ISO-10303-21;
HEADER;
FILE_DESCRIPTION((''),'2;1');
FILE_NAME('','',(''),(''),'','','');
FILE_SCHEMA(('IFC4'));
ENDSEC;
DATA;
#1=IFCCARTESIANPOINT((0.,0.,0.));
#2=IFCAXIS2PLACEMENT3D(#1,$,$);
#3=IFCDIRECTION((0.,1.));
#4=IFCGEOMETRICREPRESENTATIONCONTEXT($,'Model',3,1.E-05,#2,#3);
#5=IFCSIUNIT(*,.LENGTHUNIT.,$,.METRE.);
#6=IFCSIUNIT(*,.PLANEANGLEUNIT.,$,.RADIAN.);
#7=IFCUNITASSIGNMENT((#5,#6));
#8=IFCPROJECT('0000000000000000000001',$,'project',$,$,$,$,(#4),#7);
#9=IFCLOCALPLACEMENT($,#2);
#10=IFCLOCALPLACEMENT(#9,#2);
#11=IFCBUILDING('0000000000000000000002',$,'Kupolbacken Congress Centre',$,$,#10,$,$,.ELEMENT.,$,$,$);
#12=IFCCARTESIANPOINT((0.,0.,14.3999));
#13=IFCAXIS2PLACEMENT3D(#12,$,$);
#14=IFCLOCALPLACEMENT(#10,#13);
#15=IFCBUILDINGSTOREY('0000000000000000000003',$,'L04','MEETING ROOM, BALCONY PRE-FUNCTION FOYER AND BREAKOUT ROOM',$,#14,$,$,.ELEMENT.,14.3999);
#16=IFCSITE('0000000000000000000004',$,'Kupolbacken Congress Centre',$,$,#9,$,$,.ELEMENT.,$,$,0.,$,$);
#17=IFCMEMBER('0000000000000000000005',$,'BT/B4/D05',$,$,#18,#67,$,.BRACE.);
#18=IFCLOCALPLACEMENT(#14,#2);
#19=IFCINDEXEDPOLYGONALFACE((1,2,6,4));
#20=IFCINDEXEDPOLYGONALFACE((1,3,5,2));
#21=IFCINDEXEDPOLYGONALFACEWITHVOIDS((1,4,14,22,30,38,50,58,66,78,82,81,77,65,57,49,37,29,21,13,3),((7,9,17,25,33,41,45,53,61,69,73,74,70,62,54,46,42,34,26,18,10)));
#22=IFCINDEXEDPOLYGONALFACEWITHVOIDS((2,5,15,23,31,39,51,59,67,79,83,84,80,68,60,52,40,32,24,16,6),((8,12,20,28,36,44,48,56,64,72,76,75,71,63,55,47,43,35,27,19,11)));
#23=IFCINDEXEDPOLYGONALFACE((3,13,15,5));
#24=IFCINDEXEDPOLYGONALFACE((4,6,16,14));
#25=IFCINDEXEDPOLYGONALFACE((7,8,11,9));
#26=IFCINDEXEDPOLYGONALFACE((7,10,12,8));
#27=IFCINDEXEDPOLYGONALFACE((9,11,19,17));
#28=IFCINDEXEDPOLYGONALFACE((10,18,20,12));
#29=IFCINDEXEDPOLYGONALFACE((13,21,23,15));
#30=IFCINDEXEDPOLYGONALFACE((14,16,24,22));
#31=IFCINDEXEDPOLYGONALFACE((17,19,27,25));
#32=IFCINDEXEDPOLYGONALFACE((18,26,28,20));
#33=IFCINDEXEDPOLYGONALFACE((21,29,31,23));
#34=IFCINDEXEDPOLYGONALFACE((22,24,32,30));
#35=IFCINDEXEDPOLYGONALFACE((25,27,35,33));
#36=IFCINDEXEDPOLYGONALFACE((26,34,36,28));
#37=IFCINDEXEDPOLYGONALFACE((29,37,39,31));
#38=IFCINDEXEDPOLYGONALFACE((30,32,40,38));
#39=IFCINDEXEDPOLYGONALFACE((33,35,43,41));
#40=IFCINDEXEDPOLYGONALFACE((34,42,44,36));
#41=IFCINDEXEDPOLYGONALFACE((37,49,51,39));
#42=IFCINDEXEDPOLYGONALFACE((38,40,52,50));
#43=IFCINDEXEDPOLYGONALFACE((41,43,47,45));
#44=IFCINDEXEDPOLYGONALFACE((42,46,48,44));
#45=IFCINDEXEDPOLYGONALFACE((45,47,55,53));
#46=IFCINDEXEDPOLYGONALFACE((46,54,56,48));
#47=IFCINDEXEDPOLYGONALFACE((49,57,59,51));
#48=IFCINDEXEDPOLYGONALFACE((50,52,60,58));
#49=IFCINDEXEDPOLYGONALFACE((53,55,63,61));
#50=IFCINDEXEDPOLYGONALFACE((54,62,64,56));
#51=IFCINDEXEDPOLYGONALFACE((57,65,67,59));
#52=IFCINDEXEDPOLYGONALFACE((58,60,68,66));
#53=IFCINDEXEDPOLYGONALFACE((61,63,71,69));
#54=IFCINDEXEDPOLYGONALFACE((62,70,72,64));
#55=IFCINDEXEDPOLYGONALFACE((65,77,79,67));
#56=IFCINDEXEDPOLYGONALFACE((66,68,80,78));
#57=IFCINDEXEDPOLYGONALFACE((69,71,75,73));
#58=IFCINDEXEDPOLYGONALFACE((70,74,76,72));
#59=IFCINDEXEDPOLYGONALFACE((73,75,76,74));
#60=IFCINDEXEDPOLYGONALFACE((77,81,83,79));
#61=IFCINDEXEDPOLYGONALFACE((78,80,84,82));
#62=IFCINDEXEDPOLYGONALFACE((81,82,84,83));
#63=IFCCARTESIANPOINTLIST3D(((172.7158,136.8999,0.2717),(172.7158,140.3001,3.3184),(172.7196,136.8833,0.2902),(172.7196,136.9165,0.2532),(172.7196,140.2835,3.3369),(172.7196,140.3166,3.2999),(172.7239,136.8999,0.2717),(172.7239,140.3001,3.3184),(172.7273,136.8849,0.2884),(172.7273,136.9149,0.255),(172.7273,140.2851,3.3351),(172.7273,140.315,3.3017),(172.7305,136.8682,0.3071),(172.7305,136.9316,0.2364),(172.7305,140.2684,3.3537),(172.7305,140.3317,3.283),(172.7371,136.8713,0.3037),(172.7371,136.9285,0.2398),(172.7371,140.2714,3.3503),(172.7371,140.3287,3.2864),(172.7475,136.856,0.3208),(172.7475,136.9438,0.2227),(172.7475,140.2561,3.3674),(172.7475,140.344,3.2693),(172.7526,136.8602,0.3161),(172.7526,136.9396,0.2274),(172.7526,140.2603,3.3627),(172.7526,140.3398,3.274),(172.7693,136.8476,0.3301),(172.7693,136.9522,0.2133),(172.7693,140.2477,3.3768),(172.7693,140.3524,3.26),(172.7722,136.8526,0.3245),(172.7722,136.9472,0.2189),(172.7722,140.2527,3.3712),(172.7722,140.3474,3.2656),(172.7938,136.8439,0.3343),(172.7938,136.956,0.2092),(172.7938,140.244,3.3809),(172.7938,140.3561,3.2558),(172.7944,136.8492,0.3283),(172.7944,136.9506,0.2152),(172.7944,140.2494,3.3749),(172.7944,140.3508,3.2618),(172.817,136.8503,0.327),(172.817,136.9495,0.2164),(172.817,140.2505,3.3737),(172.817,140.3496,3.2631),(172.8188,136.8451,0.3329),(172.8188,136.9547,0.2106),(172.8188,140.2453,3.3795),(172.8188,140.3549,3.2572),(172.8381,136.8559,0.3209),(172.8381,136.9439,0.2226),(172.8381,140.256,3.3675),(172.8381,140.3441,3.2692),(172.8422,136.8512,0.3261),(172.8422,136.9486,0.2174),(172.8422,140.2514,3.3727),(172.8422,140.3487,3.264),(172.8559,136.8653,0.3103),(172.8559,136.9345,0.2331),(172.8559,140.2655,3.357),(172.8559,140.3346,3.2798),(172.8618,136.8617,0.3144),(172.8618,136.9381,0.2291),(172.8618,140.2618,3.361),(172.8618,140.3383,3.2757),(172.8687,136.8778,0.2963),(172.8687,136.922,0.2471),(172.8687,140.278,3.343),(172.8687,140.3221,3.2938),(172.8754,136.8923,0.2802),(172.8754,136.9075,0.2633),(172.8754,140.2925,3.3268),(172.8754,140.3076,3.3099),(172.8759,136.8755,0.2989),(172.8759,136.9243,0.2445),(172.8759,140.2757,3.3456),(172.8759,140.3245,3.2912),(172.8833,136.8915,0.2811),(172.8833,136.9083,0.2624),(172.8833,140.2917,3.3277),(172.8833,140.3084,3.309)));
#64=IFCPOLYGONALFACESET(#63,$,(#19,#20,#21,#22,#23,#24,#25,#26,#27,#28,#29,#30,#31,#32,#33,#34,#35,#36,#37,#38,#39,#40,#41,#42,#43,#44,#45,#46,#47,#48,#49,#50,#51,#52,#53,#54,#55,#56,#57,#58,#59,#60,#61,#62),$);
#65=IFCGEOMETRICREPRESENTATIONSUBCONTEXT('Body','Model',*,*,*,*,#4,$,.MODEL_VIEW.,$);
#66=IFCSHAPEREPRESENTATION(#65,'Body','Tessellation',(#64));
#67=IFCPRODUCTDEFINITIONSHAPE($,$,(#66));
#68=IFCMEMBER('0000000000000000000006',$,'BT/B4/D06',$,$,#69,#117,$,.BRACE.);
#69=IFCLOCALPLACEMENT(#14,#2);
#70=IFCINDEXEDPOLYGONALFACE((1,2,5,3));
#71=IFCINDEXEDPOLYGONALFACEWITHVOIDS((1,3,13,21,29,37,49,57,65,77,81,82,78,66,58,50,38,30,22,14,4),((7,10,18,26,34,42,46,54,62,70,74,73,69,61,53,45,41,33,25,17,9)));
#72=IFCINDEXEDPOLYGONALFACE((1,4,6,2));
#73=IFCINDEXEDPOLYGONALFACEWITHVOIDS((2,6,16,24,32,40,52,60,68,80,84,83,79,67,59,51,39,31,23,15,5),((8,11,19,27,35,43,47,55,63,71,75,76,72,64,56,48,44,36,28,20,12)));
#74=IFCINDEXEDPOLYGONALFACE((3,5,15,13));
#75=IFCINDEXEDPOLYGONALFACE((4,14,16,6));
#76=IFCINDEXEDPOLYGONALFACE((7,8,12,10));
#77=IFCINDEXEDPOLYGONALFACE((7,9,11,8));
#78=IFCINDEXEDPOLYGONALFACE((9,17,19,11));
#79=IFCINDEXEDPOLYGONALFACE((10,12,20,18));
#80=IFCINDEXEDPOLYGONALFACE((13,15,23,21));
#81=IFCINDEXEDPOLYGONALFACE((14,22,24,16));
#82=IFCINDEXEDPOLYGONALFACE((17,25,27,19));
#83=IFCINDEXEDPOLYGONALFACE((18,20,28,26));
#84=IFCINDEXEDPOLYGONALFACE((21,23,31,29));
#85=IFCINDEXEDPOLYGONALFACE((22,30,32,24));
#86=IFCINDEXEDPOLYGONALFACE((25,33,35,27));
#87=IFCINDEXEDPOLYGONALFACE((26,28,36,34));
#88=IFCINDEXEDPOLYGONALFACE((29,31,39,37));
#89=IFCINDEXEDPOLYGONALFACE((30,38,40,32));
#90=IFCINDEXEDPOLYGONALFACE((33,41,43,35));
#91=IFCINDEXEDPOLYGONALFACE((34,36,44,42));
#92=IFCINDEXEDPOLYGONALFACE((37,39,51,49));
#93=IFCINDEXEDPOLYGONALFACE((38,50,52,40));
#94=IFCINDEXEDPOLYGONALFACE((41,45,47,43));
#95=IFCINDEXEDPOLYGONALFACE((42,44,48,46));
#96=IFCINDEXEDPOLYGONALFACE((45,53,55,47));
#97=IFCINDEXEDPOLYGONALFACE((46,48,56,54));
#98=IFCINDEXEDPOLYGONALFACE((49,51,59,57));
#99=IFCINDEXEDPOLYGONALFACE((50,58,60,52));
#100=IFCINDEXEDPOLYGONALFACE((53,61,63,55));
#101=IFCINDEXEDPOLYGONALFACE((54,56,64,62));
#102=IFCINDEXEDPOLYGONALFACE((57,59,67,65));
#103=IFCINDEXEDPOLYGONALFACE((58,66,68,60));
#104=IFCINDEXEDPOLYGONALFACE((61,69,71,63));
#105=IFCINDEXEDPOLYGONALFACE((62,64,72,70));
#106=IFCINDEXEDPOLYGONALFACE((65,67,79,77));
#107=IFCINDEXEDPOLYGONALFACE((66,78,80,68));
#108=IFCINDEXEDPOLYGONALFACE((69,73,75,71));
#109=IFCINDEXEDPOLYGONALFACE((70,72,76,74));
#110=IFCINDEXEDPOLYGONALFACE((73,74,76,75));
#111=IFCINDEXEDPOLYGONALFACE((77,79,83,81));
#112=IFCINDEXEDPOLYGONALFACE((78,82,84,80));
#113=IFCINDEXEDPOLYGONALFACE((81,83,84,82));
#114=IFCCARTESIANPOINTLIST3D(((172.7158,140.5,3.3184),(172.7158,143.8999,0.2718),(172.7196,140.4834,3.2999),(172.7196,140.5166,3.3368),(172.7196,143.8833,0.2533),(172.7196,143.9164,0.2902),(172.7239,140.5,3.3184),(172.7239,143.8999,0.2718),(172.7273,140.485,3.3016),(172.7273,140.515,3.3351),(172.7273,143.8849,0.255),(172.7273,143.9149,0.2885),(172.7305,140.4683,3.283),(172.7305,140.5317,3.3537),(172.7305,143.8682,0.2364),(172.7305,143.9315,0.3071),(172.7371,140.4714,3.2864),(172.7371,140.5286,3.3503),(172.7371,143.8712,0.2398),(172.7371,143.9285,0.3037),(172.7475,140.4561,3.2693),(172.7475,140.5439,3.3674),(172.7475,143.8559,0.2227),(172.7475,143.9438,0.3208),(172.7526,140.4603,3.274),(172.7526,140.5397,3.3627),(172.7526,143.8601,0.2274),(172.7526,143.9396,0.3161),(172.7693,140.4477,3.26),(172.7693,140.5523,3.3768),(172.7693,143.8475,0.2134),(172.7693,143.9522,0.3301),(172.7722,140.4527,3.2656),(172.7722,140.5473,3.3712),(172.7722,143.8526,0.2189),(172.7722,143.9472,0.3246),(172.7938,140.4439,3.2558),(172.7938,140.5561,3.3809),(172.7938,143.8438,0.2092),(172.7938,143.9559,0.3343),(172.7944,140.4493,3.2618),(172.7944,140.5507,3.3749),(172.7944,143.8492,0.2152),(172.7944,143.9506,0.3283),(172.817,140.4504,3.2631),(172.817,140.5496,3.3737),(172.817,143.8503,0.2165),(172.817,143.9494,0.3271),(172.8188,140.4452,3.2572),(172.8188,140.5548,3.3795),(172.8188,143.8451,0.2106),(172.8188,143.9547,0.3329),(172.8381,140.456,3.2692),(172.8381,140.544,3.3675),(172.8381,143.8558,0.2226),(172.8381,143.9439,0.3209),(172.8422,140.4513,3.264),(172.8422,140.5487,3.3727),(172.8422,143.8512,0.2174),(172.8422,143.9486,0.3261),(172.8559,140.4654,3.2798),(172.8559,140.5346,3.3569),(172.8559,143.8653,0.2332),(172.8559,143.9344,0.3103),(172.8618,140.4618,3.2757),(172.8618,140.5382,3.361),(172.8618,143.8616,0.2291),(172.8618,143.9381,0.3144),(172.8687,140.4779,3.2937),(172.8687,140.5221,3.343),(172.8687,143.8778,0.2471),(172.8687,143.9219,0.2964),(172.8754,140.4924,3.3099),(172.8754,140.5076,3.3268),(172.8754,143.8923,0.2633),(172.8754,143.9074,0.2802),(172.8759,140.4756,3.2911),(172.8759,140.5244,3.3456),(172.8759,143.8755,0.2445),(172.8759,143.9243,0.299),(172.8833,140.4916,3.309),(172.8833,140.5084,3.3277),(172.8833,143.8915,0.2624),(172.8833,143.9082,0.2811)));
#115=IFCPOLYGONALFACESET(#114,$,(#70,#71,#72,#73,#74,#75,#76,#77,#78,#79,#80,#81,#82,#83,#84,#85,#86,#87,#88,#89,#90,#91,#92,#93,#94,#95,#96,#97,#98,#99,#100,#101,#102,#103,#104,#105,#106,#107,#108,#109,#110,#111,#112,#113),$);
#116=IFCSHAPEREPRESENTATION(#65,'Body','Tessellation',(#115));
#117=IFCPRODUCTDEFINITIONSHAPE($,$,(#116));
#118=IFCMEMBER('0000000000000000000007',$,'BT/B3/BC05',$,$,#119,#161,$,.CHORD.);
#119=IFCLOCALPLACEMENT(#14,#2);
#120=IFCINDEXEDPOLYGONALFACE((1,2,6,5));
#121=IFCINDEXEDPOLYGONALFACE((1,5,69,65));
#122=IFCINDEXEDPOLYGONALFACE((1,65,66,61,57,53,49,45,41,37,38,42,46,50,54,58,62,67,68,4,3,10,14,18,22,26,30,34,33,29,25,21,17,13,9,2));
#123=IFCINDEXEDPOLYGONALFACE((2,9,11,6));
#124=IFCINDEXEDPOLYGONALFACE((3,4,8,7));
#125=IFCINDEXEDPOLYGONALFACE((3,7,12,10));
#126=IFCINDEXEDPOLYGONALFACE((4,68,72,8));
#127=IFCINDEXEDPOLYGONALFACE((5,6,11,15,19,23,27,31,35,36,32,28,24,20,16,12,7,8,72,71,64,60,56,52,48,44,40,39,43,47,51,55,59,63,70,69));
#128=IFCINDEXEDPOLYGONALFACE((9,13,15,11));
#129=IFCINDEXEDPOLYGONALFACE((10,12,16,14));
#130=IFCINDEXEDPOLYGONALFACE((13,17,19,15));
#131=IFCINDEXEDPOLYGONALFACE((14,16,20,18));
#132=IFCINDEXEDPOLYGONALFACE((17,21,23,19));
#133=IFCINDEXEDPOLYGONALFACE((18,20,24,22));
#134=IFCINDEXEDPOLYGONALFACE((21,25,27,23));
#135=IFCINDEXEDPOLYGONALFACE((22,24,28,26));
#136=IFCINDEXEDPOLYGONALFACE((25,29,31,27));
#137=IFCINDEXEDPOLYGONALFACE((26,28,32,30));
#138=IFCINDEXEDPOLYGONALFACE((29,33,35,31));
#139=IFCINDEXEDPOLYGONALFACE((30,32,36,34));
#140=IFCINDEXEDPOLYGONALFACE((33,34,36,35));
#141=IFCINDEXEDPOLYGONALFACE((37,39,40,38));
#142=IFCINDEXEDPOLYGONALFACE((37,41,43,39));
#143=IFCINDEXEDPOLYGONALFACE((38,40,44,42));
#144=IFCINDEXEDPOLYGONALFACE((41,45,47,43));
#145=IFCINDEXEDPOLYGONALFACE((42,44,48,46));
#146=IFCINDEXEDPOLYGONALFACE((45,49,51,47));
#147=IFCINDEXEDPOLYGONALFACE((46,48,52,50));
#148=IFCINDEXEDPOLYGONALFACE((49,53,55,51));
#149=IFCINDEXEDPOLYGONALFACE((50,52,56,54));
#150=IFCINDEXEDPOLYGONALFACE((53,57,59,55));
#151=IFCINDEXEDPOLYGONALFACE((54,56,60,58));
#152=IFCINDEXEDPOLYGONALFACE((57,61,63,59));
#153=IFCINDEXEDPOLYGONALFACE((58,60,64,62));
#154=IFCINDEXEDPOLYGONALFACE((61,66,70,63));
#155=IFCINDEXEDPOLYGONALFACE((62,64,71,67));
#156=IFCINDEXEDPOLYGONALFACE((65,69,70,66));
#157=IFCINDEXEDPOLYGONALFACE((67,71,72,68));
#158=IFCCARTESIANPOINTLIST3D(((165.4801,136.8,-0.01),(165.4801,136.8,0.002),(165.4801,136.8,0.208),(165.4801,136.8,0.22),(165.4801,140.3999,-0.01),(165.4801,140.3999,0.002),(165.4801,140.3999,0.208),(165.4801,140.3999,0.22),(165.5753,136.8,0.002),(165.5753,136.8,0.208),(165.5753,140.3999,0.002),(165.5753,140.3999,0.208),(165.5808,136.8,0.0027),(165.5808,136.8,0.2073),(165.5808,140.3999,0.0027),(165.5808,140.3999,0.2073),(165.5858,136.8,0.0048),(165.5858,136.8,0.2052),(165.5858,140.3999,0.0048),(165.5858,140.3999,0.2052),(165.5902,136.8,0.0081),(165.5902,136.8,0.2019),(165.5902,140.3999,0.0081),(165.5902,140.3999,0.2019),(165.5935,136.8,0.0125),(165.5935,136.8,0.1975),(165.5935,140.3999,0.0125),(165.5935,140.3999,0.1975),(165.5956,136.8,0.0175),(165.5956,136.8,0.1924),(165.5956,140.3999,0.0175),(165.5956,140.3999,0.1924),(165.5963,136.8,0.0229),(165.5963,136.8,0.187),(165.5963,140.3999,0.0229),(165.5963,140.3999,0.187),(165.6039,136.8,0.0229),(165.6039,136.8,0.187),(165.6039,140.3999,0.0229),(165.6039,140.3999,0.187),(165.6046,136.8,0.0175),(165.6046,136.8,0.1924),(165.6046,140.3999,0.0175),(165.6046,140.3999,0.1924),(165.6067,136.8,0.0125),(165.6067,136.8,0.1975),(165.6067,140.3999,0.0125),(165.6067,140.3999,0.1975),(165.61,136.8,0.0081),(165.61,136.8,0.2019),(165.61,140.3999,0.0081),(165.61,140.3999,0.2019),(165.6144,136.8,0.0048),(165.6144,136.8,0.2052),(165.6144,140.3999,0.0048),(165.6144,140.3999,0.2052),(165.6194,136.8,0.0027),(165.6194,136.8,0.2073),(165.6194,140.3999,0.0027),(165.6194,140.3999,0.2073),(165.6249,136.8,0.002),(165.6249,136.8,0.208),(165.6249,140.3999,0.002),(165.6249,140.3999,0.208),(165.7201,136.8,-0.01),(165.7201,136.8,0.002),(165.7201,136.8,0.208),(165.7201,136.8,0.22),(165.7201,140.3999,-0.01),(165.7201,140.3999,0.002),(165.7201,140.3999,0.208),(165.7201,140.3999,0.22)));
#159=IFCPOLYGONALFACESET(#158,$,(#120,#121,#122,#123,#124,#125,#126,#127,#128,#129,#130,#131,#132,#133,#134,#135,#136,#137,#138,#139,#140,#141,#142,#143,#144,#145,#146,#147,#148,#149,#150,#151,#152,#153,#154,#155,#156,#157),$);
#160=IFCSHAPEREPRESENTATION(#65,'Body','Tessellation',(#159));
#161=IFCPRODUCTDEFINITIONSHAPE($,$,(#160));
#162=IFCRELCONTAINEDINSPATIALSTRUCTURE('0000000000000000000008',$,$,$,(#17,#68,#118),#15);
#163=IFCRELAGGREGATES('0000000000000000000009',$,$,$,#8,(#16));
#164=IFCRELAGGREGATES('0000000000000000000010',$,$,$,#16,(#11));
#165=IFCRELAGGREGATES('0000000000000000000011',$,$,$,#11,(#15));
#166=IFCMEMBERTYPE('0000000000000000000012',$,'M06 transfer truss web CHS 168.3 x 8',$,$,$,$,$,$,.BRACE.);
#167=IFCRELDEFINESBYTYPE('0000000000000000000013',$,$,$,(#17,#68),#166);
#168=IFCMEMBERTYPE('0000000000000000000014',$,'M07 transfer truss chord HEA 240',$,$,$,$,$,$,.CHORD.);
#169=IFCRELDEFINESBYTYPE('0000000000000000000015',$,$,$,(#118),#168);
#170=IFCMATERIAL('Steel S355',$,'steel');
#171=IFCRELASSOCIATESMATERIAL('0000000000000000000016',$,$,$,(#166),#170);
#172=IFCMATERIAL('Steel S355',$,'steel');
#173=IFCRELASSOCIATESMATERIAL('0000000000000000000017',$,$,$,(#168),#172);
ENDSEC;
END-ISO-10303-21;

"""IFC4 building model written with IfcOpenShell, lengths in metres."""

from ifc_helpers import new_model, si_unit, direction, frame, origin, origin_2d, place, context, subcontext, project, spatial, hollow_circle, i_section, extrude, material, material_profile, profile_set, type_object, element, save


model = new_model("IFC4")

# Units and contexts
model_context = context("Model", 3, precision=1e-05, world=origin(), true_north=direction((0.0, 1.0)))
body_context = subcontext(model_context, "Body", "Model", "MODEL_VIEW")
ifc_project = project(units=[si_unit("LENGTHUNIT", "METRE"), si_unit("PLANEANGLEUNIT", "RADIAN")], contexts=[model_context])

# Site, building, storey
site_placement = place(None, origin())
site = spatial("IfcSite", under=ifc_project, at=site_placement, Name="Kupolbacken Congress Centre", CompositionType="ELEMENT", RefElevation=0.0)
building_placement = place(site_placement, origin())
building = spatial("IfcBuilding", under=site, at=building_placement, Name="Kupolbacken Congress Centre", CompositionType="ELEMENT")
storey_placement = place(building_placement, frame((0.0, 0.0, 14.3999)))
storey = spatial("IfcBuildingStorey", under=building, at=storey_placement, Name="L04", Description="MEETING ROOM, BALCONY PRE-FUNCTION FOYER AND BREAKOUT ROOM", CompositionType="ELEMENT", Elevation=14.3999)

# Members
ifc_material_1 = material(Name="Steel S355", Category="steel")
ifc_material_profile_1 = material_profile(ifc_material_1, hollow_circle(Radius=0.0842, WallThickness=0.0081, at=origin_2d()), Name="CHS 168.3 x 8")
ifc_profile_set_1 = profile_set([ifc_material_profile_1], Name="Steel S355")
member_type_1 = type_object("IfcMemberType", Name="M06 transfer truss web CHS 168.3 x 8", PredefinedType="BRACE", material=ifc_profile_set_1)
member_1_placement = place(storey_placement, frame((172.8, 136.8999, 0.2717), z_axis=(0.0, 0.744763, 0.667329), x_axis=(-1.0, 0.0, 0.0)))
element("IfcMember", 1, at=member_1_placement, inside=storey, type_object=member_type_1, Name="BT/B4/D05", PredefinedType="BRACE", context=body_context, shape_type="SweptSolid", body=[
    extrude(hollow_circle(Radius=0.0842, WallThickness=0.0081, at=origin_2d()), origin(), (0.0, 0.0, 1.0), 4.5654),
])
member_2_placement = place(storey_placement, frame((172.8, 140.5, 3.3184), z_axis=(0.0, 0.744739, -0.667356), x_axis=(-1.0, 0.0, 0.0)))
element("IfcMember", 2, at=member_2_placement, inside=storey, type_object=member_type_1, Name="BT/B4/D06", PredefinedType="BRACE", context=body_context, shape_type="SweptSolid", body=[
    extrude(hollow_circle(Radius=0.0842, WallThickness=0.0081, at=origin_2d()), origin(), (0.0, 0.0, 1.0), 4.5652),
])
ifc_material_2 = material(Name="Steel S355", Category="steel")
ifc_material_profile_2 = material_profile(ifc_material_2, i_section(OverallWidth=0.24, OverallDepth=0.23, WebThickness=0.0076, FlangeThickness=0.012, FilletRadius=0.021, at=origin_2d()), Name="HEA 240")
ifc_profile_set_2 = profile_set([ifc_material_profile_2], Name="Steel S355")
member_type_2 = type_object("IfcMemberType", Name="M07 transfer truss chord HEA 240", PredefinedType="CHORD", material=ifc_profile_set_2)
for number, where, z_axis, x_axis, name in (
    (3, (165.6001, 136.8, 0.105), (0.0, 1.0, 0.0), (-1.0, 0.0, 0.0), "BT/B3/BC05"),
):
    element("IfcMember", number, at=place(storey_placement, frame(where, z_axis=z_axis, x_axis=x_axis)), inside=storey, type_object=member_type_2, Name=name, PredefinedType="CHORD", context=body_context, shape_type="SweptSolid", body=[
        extrude(i_section(OverallWidth=0.24, OverallDepth=0.23, WebThickness=0.0076, FlangeThickness=0.012, FilletRadius=0.021, at=origin_2d()), origin(), (0.0, 0.0, 1.0), 3.5999),
    ])

save(model, "model.ifc")
